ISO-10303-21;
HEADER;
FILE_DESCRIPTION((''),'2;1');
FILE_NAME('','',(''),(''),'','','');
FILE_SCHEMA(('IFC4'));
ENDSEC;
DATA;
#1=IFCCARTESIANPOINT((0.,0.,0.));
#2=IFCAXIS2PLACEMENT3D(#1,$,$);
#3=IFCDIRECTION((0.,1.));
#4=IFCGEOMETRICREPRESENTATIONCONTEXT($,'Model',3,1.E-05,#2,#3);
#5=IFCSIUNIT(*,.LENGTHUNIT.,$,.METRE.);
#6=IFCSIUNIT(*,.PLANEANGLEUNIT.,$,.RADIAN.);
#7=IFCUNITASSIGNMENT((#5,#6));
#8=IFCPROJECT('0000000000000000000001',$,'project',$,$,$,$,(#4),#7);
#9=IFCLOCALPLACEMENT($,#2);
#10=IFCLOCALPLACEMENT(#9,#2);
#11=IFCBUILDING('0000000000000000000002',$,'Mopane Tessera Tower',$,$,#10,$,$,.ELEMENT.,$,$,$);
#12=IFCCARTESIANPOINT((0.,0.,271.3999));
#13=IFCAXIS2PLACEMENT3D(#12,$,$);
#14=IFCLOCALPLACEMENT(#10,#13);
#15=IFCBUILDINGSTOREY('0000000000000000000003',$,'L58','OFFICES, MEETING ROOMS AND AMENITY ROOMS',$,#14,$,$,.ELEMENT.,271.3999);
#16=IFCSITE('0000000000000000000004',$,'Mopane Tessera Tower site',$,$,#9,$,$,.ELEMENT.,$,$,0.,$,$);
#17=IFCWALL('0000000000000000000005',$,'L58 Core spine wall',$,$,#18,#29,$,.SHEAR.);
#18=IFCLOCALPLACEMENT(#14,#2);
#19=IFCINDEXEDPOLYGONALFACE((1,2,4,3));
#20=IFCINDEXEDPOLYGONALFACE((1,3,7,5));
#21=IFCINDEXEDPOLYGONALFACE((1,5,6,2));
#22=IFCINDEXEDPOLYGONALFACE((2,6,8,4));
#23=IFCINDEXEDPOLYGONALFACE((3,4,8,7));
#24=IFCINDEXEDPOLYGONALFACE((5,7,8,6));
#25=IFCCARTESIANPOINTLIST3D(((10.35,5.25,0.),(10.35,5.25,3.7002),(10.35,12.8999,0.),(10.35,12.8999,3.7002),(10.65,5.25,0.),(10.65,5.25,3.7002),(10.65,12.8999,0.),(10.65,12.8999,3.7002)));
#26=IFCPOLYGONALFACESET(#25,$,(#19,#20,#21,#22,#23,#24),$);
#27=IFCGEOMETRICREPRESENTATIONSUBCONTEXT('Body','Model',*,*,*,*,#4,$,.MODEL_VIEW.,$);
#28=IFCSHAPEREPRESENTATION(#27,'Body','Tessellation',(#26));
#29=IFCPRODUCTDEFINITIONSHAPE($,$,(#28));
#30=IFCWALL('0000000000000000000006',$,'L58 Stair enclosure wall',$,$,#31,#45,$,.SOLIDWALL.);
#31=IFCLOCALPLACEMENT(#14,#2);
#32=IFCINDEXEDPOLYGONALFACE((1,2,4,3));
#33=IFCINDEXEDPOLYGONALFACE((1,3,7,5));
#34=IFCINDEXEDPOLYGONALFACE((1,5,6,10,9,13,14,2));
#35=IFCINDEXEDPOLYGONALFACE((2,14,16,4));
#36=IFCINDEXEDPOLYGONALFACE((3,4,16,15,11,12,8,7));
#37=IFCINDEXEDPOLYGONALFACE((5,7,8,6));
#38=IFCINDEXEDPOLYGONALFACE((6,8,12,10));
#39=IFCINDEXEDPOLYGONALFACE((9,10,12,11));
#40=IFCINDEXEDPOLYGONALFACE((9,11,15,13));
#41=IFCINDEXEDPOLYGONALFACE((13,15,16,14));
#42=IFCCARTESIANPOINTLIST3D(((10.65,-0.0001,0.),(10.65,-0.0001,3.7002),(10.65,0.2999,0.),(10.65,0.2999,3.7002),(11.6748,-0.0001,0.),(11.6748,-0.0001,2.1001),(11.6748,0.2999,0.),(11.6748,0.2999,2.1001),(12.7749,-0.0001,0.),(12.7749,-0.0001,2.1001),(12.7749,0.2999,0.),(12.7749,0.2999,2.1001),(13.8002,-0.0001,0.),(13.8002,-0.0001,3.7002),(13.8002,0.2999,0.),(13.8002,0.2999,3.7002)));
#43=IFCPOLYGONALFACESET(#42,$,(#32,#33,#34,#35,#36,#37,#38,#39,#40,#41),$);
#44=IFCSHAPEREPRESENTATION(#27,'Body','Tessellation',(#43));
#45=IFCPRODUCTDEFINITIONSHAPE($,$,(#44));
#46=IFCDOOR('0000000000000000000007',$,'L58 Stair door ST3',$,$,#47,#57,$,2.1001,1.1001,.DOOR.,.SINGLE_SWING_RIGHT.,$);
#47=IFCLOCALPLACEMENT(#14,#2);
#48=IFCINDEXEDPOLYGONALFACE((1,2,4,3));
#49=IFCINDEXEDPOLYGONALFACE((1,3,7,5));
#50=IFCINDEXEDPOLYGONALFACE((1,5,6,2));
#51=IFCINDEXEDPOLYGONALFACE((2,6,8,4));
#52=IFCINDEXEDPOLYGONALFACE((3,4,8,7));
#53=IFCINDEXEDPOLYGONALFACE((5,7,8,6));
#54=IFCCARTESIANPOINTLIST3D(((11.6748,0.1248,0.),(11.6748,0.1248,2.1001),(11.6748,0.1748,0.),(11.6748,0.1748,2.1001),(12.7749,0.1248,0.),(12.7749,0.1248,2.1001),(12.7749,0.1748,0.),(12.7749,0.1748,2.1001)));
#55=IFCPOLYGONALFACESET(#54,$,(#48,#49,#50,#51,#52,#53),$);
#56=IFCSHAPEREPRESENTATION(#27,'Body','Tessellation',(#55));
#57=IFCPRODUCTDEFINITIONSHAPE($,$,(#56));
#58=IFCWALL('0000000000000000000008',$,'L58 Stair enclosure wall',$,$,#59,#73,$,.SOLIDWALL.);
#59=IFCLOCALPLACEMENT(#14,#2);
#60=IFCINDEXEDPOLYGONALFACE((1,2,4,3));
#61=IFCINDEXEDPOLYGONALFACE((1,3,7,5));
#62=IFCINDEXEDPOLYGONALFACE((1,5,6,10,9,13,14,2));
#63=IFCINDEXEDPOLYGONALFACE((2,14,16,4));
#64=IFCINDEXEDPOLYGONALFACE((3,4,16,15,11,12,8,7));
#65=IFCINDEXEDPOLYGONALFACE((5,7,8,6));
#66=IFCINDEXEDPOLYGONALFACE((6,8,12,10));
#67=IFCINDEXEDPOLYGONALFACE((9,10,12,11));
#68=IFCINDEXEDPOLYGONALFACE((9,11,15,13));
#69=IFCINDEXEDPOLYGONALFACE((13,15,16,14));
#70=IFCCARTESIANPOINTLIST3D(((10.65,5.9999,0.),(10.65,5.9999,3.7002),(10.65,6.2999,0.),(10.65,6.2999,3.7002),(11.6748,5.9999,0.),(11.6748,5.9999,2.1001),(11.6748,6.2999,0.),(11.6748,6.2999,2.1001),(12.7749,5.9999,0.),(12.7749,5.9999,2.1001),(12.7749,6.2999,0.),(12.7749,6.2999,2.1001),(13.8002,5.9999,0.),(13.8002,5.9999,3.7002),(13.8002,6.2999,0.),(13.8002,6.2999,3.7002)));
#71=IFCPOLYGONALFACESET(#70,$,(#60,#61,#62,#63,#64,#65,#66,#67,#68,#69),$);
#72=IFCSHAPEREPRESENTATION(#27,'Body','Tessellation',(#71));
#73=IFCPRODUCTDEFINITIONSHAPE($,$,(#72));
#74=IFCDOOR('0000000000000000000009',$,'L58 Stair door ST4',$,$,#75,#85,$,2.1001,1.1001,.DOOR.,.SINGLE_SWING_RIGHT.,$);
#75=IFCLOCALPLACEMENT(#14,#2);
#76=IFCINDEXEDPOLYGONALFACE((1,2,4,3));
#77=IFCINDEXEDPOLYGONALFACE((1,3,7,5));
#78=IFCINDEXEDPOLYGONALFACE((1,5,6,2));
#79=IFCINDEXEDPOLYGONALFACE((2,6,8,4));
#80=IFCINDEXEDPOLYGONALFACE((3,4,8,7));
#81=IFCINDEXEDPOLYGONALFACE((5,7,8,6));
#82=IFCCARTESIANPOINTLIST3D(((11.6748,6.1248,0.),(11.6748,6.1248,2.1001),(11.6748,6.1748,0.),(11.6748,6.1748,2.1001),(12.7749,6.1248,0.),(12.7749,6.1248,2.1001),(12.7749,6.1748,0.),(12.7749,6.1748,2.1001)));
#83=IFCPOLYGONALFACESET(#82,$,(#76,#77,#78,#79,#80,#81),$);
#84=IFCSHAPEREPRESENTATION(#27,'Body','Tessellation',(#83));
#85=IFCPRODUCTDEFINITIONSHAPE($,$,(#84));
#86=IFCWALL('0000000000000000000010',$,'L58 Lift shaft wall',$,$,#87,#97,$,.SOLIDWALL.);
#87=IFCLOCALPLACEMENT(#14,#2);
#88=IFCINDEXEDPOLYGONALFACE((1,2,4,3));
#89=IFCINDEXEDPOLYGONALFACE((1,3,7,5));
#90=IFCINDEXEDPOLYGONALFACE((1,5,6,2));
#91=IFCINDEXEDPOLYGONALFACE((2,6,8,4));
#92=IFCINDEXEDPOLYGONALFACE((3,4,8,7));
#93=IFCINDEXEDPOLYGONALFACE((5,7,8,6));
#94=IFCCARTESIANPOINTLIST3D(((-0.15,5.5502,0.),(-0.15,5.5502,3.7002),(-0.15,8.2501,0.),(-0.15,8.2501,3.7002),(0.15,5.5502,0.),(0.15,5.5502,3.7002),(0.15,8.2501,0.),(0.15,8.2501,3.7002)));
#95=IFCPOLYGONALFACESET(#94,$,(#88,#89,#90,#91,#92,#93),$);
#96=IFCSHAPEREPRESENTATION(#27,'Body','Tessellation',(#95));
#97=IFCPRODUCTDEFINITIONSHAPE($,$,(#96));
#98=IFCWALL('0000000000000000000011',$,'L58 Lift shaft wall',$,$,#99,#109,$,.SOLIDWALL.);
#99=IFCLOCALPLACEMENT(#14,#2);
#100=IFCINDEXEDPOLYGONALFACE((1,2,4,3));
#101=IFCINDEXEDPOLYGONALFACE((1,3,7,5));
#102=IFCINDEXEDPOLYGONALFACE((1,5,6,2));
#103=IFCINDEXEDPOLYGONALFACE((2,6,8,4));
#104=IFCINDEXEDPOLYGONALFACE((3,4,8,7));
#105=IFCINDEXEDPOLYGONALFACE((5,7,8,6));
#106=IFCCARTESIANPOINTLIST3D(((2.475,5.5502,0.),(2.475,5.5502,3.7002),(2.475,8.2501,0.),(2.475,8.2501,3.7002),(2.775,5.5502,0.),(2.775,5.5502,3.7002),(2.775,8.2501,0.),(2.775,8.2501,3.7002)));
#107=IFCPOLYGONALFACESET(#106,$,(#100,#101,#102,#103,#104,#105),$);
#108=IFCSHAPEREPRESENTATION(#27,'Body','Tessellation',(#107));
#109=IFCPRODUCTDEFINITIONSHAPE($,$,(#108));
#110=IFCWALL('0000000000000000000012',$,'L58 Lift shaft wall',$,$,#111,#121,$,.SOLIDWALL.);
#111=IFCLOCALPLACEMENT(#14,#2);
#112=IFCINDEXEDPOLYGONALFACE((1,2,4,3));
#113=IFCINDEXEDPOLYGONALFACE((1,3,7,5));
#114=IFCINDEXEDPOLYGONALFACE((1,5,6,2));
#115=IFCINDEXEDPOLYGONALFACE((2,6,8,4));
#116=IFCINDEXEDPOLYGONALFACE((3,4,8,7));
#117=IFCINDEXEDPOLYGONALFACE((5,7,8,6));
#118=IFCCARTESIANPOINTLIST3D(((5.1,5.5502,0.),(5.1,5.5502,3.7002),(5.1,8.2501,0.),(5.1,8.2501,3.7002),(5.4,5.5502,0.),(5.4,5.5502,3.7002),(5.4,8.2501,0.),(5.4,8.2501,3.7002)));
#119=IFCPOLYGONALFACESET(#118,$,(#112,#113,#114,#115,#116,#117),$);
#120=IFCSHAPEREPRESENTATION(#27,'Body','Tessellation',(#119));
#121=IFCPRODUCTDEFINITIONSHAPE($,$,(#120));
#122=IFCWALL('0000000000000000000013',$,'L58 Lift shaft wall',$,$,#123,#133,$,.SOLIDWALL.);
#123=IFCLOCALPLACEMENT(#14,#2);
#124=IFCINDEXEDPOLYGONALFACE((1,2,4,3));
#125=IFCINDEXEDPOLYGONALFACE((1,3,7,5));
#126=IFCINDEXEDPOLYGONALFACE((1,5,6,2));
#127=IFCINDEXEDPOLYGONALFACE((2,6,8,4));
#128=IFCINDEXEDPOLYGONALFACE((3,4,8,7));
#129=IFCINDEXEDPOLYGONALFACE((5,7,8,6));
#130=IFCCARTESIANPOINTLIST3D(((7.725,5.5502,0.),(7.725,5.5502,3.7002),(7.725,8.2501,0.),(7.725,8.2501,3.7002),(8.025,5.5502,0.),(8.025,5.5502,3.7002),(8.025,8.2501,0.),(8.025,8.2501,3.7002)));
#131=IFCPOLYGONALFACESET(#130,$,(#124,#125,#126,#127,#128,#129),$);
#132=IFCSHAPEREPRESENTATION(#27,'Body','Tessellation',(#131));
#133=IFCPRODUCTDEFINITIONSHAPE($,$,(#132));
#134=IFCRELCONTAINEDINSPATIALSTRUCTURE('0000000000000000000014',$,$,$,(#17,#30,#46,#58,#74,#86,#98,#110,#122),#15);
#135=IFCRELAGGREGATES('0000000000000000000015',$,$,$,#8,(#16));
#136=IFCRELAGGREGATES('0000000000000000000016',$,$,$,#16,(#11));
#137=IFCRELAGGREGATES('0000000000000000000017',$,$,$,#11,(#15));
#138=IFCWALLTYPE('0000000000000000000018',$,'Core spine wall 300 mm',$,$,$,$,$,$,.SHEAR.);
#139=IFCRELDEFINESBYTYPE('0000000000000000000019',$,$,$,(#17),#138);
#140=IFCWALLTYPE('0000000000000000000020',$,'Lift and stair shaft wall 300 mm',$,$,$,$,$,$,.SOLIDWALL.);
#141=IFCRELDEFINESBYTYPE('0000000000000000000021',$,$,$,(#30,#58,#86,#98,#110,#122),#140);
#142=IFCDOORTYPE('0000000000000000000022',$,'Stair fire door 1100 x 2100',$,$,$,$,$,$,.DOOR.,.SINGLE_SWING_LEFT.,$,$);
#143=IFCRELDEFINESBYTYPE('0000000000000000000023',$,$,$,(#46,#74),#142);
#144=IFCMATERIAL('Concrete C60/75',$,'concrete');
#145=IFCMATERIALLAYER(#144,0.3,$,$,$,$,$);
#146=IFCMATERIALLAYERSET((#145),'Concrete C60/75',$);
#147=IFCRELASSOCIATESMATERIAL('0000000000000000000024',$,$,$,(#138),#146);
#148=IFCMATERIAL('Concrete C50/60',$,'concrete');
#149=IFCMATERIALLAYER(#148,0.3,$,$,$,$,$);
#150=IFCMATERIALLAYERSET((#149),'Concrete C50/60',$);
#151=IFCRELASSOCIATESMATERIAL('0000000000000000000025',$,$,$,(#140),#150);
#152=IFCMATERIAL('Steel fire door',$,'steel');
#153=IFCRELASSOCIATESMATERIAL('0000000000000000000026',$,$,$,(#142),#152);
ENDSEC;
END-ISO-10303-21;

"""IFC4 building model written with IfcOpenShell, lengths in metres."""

from ifc_helpers import new_model, si_unit, direction, frame, frame_2d, origin, place, context, subcontext, project, spatial, rectangle, extrude, material, layer, layer_set, type_object, element, fill, save


model = new_model("IFC4")

# Units and contexts
model_context = context("Model", 3, precision=1e-05, world=origin(), true_north=direction((0.0, 1.0)))
body_context = subcontext(model_context, "Body", "Model", "MODEL_VIEW")
ifc_project = project(units=[si_unit("LENGTHUNIT", "METRE"), si_unit("PLANEANGLEUNIT", "RADIAN")], contexts=[model_context])

# Site, building, storey
site_placement = place(None, origin())
site = spatial("IfcSite", under=ifc_project, at=site_placement, Name="Mopane Tessera Tower site", CompositionType="ELEMENT", RefElevation=0.0)
building_placement = place(site_placement, origin())
building = spatial("IfcBuilding", under=site, at=building_placement, Name="Mopane Tessera Tower", CompositionType="ELEMENT")
storey_placement = place(building_placement, frame((0.0, 0.0, 271.3999)))
storey = spatial("IfcBuildingStorey", under=building, at=storey_placement, Name="L58", Description="OFFICES, MEETING ROOMS AND AMENITY ROOMS", CompositionType="ELEMENT", Elevation=271.3999)

# Wall
ifc_material_1 = material(Name="Concrete C60/75", Category="concrete")
ifc_layer_1 = layer(ifc_material_1, 0.3)
ifc_layer_set_1 = layer_set([ifc_layer_1], Name="Concrete C60/75")
wall_type_1 = type_object("IfcWallType", Name="Core spine wall 300 mm", PredefinedType="SHEAR", material=ifc_layer_set_1)
wall_1_placement = place(storey_placement, frame((10.5, 5.25, 0.0), z_axis=(0.0, 0.0, 1.0), x_axis=(0.0, 1.0, 0.0)))
element("IfcWall", 1, at=wall_1_placement, inside=storey, type_object=wall_type_1, Name="L58 Core spine wall", PredefinedType="SHEAR", context=body_context, shape_type="SweptSolid", body=[
    extrude(rectangle(XDim=7.6499, YDim=0.3, at=frame_2d((3.825, 0.0))), origin(), (0.0, 0.0, 1.0), 3.7002),
])

# Walls, openings, doors
ifc_material_2 = material(Name="Concrete C50/60", Category="concrete")
ifc_layer_2 = layer(ifc_material_2, 0.3)
ifc_layer_set_2 = layer_set([ifc_layer_2], Name="Concrete C50/60")
wall_type_2 = type_object("IfcWallType", Name="Lift and stair shaft wall 300 mm", PredefinedType="SOLIDWALL", material=ifc_layer_set_2)
wall_2_placement = place(storey_placement, frame((10.6499, 0.1499, 0.0), z_axis=(0.0, 0.0, 1.0), x_axis=(1.0, 0.0, 0.0)))
wall_2 = element("IfcWall", 2, at=wall_2_placement, inside=storey, type_object=wall_type_2, Name="L58 Stair enclosure wall", PredefinedType="SOLIDWALL", context=body_context, shape_type="SweptSolid", body=[
    extrude(rectangle(XDim=3.1501, YDim=0.3, at=frame_2d((1.5752, 0.0))), origin(), (0.0, 0.0, 1.0), 3.7002),
])
opening_1_placement = place(wall_2_placement, frame((1.0249, 0.0, 0.0)))
opening_1 = element("IfcOpeningElement", 3, at=opening_1_placement, cuts=wall_2, PredefinedType="OPENING", context=body_context, shape_type="SweptSolid", body=[
    extrude(rectangle(XDim=1.1001, YDim=2.1001, at=frame_2d((0.55, 1.05))), frame((0.0, 0.1621, 0.0), z_axis=(0.0, -1.0, 0.0), x_axis=(1.0, 0.0, 0.0)), (0.0, 0.0, 1.0), 0.324),
])
ifc_material_3 = material(Name="Steel fire door", Category="steel")
door_type = type_object("IfcDoorType", Name="Stair fire door 1100 x 2100", OperationType="SINGLE_SWING_LEFT", PredefinedType="DOOR", material=ifc_material_3)
door_1_placement = place(opening_1_placement, origin())
door_1 = element("IfcDoor", 4, at=door_1_placement, inside=storey, type_object=door_type, Name="L58 Stair door ST3", OperationType="SINGLE_SWING_RIGHT", OverallHeight=2.1001, OverallWidth=1.1001, PredefinedType="DOOR", context=body_context, shape_type="SweptSolid", body=[
    extrude(rectangle(XDim=1.1001, YDim=2.1001, at=frame_2d((0.55, 1.05))), frame((0.0, 0.0249, 0.0), z_axis=(0.0, -1.0, 0.0), x_axis=(1.0, 0.0, 0.0)), (0.0, 0.0, 1.0), 0.05),
])
fill(opening_1, door_1)
wall_3_placement = place(storey_placement, frame((10.6499, 6.1499, 0.0), z_axis=(0.0, 0.0, 1.0), x_axis=(1.0, 0.0, 0.0)))
wall_3 = element("IfcWall", 5, at=wall_3_placement, inside=storey, type_object=wall_type_2, Name="L58 Stair enclosure wall", PredefinedType="SOLIDWALL", context=body_context, shape_type="SweptSolid", body=[
    extrude(rectangle(XDim=3.1501, YDim=0.3, at=frame_2d((1.5752, 0.0))), origin(), (0.0, 0.0, 1.0), 3.7002),
])
opening_2_placement = place(wall_3_placement, frame((1.0249, 0.0, 0.0)))
opening_2 = element("IfcOpeningElement", 6, at=opening_2_placement, cuts=wall_3, PredefinedType="OPENING", context=body_context, shape_type="SweptSolid", body=[
    extrude(rectangle(XDim=1.1001, YDim=2.1001, at=frame_2d((0.55, 1.05))), frame((0.0, 0.1621, 0.0), z_axis=(0.0, -1.0, 0.0), x_axis=(1.0, 0.0, 0.0)), (0.0, 0.0, 1.0), 0.324),
])
door_2_placement = place(opening_2_placement, origin())
door_2 = element("IfcDoor", 7, at=door_2_placement, inside=storey, type_object=door_type, Name="L58 Stair door ST4", OperationType="SINGLE_SWING_RIGHT", OverallHeight=2.1001, OverallWidth=1.1001, PredefinedType="DOOR", context=body_context, shape_type="SweptSolid", body=[
    extrude(rectangle(XDim=1.1001, YDim=2.1001, at=frame_2d((0.55, 1.05))), frame((0.0, 0.0249, 0.0), z_axis=(0.0, -1.0, 0.0), x_axis=(1.0, 0.0, 0.0)), (0.0, 0.0, 1.0), 0.05),
])
fill(opening_2, door_2)

# Walls
for number, where, z_axis, x_axis, name in (
    (8, (0.0, 5.55, 0.0), (0.0, 0.0, 1.0), (0.0, 1.0, 0.0), "L58 Lift shaft wall"),
    (9, (2.625, 5.55, 0.0), (0.0, 0.0, 1.0), (0.0, 1.0, 0.0), "L58 Lift shaft wall"),
    (10, (5.25, 5.55, 0.0), (0.0, 0.0, 1.0), (0.0, 1.0, 0.0), "L58 Lift shaft wall"),
    (11, (7.875, 5.55, 0.0), (0.0, 0.0, 1.0), (0.0, 1.0, 0.0), "L58 Lift shaft wall"),
):
    element("IfcWall", number, at=place(storey_placement, frame(where, z_axis=z_axis, x_axis=x_axis)), inside=storey, type_object=wall_type_2, Name=name, PredefinedType="SOLIDWALL", context=body_context, shape_type="SweptSolid", body=[
        extrude(rectangle(XDim=2.7, YDim=0.3, at=frame_2d((1.3501, 0.0))), origin(), (0.0, 0.0, 1.0), 3.7002),
    ])

save(model, "model.ifc")
